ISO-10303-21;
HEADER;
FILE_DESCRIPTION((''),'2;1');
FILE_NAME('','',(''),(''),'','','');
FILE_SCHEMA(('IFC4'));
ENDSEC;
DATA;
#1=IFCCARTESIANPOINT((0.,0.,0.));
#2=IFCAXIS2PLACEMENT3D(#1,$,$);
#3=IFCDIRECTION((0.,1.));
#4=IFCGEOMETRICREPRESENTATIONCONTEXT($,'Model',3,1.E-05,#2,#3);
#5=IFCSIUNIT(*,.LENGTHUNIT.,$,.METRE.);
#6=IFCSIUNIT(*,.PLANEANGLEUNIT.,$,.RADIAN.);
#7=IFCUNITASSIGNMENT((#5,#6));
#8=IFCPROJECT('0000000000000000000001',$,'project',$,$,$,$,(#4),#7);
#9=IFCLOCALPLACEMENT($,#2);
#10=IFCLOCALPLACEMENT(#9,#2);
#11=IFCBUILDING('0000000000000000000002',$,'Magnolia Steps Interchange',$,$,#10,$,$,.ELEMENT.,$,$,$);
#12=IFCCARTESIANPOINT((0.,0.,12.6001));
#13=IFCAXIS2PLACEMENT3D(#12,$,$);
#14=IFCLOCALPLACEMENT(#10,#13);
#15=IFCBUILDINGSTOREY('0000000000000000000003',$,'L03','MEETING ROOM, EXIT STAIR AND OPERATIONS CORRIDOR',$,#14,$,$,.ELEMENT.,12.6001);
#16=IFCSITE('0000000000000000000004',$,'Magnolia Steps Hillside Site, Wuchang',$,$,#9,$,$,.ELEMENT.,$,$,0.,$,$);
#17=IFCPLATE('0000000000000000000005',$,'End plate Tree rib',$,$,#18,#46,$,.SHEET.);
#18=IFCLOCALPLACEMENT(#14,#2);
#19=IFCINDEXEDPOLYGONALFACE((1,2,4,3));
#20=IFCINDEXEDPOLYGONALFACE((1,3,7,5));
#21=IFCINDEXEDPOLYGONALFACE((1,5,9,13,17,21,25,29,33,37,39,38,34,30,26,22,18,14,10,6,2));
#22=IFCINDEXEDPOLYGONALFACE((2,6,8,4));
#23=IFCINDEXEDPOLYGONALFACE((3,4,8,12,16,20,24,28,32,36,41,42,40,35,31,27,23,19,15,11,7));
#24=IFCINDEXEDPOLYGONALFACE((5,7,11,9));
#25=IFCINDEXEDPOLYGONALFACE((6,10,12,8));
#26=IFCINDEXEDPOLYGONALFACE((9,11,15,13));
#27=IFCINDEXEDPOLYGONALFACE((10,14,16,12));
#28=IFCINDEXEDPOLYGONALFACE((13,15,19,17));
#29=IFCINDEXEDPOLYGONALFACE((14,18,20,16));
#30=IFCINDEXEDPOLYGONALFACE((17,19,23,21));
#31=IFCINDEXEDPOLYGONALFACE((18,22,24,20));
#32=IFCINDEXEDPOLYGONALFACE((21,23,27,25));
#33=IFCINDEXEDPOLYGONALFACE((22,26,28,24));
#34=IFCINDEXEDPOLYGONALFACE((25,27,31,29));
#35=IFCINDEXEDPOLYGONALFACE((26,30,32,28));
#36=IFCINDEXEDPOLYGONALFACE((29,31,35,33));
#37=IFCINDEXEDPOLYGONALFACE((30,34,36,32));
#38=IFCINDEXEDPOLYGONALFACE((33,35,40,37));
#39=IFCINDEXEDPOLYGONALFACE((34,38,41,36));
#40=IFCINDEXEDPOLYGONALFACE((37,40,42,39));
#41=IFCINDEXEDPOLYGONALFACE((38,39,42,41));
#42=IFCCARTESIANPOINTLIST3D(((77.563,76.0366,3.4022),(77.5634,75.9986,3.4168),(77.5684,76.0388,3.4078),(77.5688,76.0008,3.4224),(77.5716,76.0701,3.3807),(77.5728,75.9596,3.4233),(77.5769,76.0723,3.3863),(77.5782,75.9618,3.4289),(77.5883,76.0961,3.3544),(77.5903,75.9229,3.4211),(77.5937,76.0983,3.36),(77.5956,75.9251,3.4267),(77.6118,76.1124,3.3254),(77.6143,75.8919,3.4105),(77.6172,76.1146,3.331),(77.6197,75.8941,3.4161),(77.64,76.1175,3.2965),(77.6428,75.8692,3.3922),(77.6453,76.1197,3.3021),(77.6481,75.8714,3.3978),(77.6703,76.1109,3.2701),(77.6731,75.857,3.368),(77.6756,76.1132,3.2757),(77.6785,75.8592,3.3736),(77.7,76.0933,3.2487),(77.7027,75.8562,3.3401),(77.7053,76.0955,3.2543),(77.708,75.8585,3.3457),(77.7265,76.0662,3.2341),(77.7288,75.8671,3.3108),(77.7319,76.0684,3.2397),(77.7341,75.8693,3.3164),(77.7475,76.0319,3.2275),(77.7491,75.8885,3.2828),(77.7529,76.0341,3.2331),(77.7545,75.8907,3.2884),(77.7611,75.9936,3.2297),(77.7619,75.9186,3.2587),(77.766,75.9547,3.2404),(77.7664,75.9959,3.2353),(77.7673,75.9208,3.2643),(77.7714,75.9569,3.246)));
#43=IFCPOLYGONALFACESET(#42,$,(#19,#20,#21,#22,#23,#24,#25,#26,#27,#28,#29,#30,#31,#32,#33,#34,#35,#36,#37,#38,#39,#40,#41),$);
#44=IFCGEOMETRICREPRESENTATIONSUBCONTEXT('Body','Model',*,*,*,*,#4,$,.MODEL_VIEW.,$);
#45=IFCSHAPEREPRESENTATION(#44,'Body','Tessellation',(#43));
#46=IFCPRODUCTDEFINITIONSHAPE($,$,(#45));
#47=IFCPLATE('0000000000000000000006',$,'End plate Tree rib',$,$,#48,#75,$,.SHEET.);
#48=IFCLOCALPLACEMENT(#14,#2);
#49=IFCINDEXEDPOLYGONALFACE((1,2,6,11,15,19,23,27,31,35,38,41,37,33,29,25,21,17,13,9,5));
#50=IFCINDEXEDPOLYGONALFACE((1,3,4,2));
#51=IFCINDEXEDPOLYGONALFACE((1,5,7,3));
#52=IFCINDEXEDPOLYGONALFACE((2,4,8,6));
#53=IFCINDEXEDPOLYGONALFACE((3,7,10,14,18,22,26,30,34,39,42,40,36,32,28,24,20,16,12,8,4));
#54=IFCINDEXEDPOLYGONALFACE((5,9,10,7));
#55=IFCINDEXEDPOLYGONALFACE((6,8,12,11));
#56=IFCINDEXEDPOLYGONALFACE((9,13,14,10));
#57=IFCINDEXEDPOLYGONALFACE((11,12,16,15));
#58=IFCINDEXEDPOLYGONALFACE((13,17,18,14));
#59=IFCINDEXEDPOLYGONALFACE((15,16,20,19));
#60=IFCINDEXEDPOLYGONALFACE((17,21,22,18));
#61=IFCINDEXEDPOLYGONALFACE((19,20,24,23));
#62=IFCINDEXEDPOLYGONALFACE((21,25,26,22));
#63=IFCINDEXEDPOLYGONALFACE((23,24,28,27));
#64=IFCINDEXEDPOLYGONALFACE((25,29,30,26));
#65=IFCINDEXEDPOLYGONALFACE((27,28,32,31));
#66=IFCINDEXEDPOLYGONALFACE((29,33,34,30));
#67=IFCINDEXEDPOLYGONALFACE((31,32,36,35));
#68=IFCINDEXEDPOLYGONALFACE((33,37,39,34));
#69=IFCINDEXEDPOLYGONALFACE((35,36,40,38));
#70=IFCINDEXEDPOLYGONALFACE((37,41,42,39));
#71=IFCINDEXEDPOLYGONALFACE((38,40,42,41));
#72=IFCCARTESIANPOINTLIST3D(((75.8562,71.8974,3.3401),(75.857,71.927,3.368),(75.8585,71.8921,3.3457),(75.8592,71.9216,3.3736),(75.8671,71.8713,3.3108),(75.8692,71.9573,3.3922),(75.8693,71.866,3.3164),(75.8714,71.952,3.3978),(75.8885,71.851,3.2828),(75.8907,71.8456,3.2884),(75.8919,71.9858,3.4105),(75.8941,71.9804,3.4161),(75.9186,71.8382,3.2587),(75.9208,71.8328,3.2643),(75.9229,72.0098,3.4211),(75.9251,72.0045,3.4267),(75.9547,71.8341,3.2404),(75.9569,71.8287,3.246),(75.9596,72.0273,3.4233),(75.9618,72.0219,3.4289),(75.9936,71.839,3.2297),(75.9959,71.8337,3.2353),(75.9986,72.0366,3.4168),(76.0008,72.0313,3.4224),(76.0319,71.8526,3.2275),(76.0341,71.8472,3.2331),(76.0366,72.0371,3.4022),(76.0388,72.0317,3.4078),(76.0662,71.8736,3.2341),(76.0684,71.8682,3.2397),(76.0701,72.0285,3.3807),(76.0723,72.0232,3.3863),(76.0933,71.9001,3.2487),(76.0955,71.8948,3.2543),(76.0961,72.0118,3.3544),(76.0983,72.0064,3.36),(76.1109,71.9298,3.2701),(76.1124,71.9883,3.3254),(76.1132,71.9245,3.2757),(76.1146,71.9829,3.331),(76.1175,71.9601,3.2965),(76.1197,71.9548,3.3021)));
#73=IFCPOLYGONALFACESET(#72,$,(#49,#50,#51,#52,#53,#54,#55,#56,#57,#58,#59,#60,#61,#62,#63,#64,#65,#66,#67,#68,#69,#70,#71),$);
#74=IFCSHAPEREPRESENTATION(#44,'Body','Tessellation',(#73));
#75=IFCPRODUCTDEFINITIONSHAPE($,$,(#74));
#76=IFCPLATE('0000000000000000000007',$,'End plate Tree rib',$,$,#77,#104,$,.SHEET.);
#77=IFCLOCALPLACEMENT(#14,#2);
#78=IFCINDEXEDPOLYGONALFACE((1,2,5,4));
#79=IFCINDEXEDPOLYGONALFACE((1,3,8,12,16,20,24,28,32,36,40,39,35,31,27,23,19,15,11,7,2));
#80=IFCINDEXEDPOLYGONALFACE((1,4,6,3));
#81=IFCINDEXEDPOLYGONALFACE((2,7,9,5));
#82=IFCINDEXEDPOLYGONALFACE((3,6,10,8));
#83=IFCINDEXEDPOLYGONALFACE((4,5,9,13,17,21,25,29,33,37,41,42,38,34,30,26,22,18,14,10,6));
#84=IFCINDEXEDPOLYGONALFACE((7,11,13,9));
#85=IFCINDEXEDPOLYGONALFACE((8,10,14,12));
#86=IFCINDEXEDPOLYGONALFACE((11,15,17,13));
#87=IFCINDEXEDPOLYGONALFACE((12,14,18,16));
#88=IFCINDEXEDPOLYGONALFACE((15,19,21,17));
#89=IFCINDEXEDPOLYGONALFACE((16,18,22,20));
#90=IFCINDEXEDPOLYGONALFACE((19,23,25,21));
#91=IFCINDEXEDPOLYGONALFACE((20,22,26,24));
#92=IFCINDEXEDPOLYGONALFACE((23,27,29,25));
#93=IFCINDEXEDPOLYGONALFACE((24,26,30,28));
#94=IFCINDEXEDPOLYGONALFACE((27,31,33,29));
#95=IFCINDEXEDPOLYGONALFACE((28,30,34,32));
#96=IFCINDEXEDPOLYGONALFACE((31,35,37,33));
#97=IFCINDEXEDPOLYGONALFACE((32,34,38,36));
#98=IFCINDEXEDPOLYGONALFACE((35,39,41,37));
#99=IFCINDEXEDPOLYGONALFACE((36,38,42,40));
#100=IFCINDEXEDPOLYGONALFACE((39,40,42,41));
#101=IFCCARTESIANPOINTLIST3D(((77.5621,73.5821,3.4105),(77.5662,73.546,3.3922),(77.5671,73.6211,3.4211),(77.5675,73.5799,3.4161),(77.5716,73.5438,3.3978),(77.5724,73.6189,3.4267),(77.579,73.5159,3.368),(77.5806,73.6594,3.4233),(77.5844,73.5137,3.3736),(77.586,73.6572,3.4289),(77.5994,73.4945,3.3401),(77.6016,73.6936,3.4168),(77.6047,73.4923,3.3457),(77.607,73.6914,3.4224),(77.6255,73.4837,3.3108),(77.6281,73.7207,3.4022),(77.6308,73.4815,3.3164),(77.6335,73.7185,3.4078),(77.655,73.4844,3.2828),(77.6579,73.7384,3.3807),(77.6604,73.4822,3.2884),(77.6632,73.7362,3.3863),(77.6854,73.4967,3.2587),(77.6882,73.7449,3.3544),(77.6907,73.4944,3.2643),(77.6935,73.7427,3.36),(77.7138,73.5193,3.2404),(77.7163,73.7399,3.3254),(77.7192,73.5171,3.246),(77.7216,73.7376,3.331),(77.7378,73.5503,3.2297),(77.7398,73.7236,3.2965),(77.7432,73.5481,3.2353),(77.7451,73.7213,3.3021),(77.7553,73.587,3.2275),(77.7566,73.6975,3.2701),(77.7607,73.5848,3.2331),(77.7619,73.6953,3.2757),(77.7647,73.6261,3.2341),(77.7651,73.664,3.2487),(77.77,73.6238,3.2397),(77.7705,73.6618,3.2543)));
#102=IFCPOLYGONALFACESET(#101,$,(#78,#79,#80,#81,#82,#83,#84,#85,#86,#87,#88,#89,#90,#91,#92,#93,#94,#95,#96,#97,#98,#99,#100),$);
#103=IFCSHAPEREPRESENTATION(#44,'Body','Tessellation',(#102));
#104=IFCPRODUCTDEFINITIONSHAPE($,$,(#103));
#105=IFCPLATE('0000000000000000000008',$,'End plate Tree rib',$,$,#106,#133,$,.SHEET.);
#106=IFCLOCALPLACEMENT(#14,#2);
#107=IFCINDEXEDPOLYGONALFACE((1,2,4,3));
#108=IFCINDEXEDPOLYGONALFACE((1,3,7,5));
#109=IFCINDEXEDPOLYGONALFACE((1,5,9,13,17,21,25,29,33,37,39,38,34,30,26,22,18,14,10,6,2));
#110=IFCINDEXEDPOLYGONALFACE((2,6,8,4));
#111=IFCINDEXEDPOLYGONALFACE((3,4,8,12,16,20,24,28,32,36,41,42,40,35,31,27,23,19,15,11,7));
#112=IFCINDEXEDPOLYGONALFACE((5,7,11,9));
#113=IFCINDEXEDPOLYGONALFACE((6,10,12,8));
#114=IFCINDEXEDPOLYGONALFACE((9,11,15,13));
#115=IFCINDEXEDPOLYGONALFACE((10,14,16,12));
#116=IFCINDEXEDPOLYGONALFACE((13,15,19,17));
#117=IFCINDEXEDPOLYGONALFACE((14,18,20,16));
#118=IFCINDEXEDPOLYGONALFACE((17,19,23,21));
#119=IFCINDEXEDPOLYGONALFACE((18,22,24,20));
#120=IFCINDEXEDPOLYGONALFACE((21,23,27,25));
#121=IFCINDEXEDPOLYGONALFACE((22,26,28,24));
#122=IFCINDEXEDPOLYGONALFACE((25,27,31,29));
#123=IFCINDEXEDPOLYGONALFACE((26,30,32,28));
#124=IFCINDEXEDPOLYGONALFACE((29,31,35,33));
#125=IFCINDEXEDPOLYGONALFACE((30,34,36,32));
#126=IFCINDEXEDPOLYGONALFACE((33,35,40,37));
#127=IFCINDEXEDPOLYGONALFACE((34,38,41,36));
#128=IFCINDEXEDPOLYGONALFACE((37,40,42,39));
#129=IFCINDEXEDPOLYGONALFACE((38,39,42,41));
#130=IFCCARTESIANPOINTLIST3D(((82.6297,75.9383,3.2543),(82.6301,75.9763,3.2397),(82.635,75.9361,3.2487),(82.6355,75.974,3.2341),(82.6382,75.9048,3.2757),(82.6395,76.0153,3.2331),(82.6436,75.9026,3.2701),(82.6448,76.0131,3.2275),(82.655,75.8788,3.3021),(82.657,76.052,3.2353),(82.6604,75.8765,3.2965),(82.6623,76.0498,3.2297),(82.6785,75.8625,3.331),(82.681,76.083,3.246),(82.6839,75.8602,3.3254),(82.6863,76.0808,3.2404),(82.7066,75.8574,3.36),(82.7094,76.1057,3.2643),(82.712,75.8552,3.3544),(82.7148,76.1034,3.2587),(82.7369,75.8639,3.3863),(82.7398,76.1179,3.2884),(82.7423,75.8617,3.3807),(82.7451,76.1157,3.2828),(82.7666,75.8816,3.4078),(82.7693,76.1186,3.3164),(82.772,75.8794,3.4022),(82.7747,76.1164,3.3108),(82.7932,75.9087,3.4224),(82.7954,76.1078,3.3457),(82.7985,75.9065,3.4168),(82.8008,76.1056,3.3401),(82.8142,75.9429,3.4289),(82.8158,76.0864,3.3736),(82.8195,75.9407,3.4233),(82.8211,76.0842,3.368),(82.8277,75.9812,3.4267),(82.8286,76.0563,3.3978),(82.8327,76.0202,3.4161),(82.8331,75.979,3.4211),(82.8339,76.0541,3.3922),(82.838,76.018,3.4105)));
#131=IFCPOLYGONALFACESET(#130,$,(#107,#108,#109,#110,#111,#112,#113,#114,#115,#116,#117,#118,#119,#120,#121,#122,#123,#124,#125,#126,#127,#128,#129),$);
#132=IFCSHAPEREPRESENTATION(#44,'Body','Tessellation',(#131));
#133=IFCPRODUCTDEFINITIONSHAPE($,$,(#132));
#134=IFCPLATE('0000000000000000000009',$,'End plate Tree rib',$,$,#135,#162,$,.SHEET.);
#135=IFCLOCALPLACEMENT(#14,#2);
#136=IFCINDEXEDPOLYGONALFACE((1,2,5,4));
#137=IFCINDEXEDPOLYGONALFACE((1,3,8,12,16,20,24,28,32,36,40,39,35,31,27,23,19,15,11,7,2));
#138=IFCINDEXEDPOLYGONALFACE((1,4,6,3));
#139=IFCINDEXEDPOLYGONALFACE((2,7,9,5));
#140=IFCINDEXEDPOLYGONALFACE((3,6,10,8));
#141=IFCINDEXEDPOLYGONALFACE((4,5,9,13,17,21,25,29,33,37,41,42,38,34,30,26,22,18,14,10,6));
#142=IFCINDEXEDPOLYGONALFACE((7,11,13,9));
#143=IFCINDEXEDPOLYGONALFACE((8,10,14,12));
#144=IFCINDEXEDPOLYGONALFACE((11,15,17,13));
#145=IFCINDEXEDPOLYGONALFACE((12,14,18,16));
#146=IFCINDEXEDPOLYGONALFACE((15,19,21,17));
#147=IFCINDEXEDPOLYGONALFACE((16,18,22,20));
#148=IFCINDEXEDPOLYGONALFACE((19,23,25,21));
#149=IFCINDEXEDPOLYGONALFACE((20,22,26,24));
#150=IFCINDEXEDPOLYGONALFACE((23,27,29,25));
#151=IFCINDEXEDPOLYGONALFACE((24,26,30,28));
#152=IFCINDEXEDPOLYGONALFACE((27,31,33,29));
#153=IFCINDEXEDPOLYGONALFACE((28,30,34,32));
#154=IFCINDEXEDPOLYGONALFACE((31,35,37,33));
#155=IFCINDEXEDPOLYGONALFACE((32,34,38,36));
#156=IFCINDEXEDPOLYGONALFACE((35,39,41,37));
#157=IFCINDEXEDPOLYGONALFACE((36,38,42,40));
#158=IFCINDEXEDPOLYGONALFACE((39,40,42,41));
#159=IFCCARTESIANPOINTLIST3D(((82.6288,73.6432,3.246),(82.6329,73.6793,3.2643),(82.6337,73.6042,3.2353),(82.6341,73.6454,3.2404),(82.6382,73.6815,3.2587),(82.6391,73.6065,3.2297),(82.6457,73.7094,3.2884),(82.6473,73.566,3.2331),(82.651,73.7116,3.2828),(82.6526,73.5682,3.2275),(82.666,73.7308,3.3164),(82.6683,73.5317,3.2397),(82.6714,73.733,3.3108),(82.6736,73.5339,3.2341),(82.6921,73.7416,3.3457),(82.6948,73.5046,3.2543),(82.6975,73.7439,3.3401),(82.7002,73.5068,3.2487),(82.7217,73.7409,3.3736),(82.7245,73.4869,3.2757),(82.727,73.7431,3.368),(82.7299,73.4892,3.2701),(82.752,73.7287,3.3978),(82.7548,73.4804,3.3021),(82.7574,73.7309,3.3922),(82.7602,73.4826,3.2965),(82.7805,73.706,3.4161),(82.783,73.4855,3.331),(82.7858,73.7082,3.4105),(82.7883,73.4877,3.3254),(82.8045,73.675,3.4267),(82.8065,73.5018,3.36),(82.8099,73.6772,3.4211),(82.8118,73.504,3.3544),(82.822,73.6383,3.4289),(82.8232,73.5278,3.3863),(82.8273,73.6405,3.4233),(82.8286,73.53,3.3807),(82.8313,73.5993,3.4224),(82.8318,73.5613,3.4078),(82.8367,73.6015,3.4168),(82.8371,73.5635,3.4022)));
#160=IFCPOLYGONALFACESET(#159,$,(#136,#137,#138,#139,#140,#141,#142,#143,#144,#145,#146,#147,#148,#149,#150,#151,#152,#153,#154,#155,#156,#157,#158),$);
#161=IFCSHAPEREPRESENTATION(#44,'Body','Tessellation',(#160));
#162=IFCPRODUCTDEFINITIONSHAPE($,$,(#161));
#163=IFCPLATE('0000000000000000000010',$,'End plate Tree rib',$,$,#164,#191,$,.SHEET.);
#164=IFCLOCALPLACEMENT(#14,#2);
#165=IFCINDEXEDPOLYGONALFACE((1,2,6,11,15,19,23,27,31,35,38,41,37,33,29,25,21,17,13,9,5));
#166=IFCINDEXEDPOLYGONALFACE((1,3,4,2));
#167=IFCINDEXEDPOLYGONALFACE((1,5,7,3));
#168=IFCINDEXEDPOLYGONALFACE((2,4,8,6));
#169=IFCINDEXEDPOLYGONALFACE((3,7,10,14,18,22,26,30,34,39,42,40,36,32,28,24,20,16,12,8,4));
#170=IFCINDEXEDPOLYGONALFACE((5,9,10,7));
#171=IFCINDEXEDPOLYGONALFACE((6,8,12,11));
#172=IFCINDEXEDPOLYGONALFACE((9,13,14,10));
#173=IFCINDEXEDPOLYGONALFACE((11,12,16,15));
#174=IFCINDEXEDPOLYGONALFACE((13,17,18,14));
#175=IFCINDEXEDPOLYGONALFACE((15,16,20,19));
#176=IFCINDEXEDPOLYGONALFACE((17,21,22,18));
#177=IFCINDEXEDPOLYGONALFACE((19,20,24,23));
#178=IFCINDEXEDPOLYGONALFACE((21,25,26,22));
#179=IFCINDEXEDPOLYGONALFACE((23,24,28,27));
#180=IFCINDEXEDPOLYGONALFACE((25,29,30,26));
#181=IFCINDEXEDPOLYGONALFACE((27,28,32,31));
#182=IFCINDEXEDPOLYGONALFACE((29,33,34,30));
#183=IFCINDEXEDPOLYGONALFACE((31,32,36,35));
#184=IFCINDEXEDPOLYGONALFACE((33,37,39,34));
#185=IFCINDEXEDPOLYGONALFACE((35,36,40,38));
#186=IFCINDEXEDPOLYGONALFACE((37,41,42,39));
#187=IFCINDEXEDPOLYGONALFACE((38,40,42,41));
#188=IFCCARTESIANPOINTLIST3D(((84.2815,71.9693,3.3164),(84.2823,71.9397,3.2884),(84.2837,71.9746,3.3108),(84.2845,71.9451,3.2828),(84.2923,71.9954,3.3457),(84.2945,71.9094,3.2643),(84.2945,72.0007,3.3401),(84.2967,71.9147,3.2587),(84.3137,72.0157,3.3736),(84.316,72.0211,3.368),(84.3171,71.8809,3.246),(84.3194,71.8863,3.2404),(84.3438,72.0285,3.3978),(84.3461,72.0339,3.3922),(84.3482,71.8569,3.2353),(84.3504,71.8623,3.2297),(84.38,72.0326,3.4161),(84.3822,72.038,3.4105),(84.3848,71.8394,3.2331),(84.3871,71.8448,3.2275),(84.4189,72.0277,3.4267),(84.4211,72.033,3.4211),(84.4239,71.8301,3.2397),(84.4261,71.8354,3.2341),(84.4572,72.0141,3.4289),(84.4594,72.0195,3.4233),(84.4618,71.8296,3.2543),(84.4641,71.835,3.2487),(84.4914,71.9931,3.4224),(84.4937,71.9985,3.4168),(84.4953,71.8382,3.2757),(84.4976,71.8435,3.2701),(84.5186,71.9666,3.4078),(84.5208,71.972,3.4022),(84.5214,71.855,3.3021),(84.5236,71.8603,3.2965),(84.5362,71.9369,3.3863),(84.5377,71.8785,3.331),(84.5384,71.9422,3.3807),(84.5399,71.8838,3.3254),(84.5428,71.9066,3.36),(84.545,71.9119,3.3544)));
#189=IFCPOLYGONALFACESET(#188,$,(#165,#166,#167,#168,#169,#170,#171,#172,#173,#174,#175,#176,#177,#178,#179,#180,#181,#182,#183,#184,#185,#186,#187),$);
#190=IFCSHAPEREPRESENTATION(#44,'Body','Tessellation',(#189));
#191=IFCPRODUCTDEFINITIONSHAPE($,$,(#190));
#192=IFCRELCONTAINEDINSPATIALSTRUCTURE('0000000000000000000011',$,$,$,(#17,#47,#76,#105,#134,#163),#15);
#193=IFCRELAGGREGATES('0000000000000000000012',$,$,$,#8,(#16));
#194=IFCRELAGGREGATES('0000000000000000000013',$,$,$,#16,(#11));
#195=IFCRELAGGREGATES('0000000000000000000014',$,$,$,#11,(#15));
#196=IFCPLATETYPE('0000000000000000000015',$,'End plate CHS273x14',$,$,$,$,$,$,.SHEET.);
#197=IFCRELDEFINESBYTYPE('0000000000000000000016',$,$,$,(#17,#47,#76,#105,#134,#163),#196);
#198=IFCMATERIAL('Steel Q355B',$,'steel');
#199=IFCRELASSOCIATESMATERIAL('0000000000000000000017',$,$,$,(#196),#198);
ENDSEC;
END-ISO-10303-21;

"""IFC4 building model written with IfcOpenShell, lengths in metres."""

from ifc_helpers import new_model, si_unit, direction, frame, origin, origin_2d, place, context, subcontext, project, spatial, circle, extrude, material, material_profile, profile_set, type_object, element, save


model = new_model("IFC4")

# Units and contexts
model_context = context("Model", 3, precision=1e-05, world=origin(), true_north=direction((0.0, 1.0)))
body_context = subcontext(model_context, "Body", "Model", "MODEL_VIEW")
ifc_project = project(units=[si_unit("LENGTHUNIT", "METRE"), si_unit("PLANEANGLEUNIT", "RADIAN")], contexts=[model_context])

# Site, building, storey
site_placement = place(None, origin())
site = spatial("IfcSite", under=ifc_project, at=site_placement, Name="Magnolia Steps Hillside Site, Wuchang", CompositionType="ELEMENT", RefElevation=0.0)
building_placement = place(site_placement, origin())
building = spatial("IfcBuilding", under=site, at=building_placement, Name="Magnolia Steps Interchange", CompositionType="ELEMENT")
storey_placement = place(building_placement, frame((0.0, 0.0, 12.6001)))
storey = spatial("IfcBuildingStorey", under=building, at=storey_placement, Name="L03", Description="MEETING ROOM, EXIT STAIR AND OPERATIONS CORRIDOR", CompositionType="ELEMENT", Elevation=12.6001)

# Plates
ifc_material_1 = material(Name="Steel Q355B", Category="steel")
ifc_material_profile_1 = material_profile(ifc_material_1, circle(Radius=0.1365, at=origin_2d()), Name="End plate CHS273x14")
ifc_profile_set_1 = profile_set([ifc_material_profile_1], Name="Steel Q355B")
plate_type = type_object("IfcPlateType", Name="End plate CHS273x14", PredefinedType="SHEET", material=ifc_profile_set_1)
for number, where, z_axis, x_axis, name in (
    (1, (77.6641, 75.9863, 3.3254), (0.664583, 0.275279, 0.694658), (-0.382683, 0.92388, 0.0), "End plate Tree rib"),
    (2, (75.9863, 71.936, 3.3254), (0.275279, -0.664583, 0.694658), (0.92388, 0.382683, 0.0), "End plate Tree rib"),
    (3, (77.6641, 73.6138, 3.3254), (0.664583, -0.275279, 0.694658), (0.382683, 0.92388, 0.0), "End plate Tree rib"),
    (4, (82.7361, 75.9863, 3.3254), (-0.664583, 0.275279, 0.694658), (-0.382683, -0.92388, 0.0), "End plate Tree rib"),
    (5, (82.7361, 73.6138, 3.3254), (-0.664583, -0.275279, 0.694658), (0.382683, -0.92388, 0.0), "End plate Tree rib"),
    (6, (84.4138, 71.936, 3.3254), (-0.275279, -0.664583, 0.694658), (0.92388, -0.382683, 0.0), "End plate Tree rib"),
):
    element("IfcPlate", number, at=place(storey_placement, frame(where, z_axis=z_axis, x_axis=x_axis)), inside=storey, type_object=plate_type, Name=name, PredefinedType="SHEET", context=body_context, shape_type="SweptSolid", body=[
        extrude(circle(Radius=0.1365, at=origin_2d()), origin(), (0.0, 0.0, 1.0), 0.0081),
    ])

save(model, "model.ifc")
